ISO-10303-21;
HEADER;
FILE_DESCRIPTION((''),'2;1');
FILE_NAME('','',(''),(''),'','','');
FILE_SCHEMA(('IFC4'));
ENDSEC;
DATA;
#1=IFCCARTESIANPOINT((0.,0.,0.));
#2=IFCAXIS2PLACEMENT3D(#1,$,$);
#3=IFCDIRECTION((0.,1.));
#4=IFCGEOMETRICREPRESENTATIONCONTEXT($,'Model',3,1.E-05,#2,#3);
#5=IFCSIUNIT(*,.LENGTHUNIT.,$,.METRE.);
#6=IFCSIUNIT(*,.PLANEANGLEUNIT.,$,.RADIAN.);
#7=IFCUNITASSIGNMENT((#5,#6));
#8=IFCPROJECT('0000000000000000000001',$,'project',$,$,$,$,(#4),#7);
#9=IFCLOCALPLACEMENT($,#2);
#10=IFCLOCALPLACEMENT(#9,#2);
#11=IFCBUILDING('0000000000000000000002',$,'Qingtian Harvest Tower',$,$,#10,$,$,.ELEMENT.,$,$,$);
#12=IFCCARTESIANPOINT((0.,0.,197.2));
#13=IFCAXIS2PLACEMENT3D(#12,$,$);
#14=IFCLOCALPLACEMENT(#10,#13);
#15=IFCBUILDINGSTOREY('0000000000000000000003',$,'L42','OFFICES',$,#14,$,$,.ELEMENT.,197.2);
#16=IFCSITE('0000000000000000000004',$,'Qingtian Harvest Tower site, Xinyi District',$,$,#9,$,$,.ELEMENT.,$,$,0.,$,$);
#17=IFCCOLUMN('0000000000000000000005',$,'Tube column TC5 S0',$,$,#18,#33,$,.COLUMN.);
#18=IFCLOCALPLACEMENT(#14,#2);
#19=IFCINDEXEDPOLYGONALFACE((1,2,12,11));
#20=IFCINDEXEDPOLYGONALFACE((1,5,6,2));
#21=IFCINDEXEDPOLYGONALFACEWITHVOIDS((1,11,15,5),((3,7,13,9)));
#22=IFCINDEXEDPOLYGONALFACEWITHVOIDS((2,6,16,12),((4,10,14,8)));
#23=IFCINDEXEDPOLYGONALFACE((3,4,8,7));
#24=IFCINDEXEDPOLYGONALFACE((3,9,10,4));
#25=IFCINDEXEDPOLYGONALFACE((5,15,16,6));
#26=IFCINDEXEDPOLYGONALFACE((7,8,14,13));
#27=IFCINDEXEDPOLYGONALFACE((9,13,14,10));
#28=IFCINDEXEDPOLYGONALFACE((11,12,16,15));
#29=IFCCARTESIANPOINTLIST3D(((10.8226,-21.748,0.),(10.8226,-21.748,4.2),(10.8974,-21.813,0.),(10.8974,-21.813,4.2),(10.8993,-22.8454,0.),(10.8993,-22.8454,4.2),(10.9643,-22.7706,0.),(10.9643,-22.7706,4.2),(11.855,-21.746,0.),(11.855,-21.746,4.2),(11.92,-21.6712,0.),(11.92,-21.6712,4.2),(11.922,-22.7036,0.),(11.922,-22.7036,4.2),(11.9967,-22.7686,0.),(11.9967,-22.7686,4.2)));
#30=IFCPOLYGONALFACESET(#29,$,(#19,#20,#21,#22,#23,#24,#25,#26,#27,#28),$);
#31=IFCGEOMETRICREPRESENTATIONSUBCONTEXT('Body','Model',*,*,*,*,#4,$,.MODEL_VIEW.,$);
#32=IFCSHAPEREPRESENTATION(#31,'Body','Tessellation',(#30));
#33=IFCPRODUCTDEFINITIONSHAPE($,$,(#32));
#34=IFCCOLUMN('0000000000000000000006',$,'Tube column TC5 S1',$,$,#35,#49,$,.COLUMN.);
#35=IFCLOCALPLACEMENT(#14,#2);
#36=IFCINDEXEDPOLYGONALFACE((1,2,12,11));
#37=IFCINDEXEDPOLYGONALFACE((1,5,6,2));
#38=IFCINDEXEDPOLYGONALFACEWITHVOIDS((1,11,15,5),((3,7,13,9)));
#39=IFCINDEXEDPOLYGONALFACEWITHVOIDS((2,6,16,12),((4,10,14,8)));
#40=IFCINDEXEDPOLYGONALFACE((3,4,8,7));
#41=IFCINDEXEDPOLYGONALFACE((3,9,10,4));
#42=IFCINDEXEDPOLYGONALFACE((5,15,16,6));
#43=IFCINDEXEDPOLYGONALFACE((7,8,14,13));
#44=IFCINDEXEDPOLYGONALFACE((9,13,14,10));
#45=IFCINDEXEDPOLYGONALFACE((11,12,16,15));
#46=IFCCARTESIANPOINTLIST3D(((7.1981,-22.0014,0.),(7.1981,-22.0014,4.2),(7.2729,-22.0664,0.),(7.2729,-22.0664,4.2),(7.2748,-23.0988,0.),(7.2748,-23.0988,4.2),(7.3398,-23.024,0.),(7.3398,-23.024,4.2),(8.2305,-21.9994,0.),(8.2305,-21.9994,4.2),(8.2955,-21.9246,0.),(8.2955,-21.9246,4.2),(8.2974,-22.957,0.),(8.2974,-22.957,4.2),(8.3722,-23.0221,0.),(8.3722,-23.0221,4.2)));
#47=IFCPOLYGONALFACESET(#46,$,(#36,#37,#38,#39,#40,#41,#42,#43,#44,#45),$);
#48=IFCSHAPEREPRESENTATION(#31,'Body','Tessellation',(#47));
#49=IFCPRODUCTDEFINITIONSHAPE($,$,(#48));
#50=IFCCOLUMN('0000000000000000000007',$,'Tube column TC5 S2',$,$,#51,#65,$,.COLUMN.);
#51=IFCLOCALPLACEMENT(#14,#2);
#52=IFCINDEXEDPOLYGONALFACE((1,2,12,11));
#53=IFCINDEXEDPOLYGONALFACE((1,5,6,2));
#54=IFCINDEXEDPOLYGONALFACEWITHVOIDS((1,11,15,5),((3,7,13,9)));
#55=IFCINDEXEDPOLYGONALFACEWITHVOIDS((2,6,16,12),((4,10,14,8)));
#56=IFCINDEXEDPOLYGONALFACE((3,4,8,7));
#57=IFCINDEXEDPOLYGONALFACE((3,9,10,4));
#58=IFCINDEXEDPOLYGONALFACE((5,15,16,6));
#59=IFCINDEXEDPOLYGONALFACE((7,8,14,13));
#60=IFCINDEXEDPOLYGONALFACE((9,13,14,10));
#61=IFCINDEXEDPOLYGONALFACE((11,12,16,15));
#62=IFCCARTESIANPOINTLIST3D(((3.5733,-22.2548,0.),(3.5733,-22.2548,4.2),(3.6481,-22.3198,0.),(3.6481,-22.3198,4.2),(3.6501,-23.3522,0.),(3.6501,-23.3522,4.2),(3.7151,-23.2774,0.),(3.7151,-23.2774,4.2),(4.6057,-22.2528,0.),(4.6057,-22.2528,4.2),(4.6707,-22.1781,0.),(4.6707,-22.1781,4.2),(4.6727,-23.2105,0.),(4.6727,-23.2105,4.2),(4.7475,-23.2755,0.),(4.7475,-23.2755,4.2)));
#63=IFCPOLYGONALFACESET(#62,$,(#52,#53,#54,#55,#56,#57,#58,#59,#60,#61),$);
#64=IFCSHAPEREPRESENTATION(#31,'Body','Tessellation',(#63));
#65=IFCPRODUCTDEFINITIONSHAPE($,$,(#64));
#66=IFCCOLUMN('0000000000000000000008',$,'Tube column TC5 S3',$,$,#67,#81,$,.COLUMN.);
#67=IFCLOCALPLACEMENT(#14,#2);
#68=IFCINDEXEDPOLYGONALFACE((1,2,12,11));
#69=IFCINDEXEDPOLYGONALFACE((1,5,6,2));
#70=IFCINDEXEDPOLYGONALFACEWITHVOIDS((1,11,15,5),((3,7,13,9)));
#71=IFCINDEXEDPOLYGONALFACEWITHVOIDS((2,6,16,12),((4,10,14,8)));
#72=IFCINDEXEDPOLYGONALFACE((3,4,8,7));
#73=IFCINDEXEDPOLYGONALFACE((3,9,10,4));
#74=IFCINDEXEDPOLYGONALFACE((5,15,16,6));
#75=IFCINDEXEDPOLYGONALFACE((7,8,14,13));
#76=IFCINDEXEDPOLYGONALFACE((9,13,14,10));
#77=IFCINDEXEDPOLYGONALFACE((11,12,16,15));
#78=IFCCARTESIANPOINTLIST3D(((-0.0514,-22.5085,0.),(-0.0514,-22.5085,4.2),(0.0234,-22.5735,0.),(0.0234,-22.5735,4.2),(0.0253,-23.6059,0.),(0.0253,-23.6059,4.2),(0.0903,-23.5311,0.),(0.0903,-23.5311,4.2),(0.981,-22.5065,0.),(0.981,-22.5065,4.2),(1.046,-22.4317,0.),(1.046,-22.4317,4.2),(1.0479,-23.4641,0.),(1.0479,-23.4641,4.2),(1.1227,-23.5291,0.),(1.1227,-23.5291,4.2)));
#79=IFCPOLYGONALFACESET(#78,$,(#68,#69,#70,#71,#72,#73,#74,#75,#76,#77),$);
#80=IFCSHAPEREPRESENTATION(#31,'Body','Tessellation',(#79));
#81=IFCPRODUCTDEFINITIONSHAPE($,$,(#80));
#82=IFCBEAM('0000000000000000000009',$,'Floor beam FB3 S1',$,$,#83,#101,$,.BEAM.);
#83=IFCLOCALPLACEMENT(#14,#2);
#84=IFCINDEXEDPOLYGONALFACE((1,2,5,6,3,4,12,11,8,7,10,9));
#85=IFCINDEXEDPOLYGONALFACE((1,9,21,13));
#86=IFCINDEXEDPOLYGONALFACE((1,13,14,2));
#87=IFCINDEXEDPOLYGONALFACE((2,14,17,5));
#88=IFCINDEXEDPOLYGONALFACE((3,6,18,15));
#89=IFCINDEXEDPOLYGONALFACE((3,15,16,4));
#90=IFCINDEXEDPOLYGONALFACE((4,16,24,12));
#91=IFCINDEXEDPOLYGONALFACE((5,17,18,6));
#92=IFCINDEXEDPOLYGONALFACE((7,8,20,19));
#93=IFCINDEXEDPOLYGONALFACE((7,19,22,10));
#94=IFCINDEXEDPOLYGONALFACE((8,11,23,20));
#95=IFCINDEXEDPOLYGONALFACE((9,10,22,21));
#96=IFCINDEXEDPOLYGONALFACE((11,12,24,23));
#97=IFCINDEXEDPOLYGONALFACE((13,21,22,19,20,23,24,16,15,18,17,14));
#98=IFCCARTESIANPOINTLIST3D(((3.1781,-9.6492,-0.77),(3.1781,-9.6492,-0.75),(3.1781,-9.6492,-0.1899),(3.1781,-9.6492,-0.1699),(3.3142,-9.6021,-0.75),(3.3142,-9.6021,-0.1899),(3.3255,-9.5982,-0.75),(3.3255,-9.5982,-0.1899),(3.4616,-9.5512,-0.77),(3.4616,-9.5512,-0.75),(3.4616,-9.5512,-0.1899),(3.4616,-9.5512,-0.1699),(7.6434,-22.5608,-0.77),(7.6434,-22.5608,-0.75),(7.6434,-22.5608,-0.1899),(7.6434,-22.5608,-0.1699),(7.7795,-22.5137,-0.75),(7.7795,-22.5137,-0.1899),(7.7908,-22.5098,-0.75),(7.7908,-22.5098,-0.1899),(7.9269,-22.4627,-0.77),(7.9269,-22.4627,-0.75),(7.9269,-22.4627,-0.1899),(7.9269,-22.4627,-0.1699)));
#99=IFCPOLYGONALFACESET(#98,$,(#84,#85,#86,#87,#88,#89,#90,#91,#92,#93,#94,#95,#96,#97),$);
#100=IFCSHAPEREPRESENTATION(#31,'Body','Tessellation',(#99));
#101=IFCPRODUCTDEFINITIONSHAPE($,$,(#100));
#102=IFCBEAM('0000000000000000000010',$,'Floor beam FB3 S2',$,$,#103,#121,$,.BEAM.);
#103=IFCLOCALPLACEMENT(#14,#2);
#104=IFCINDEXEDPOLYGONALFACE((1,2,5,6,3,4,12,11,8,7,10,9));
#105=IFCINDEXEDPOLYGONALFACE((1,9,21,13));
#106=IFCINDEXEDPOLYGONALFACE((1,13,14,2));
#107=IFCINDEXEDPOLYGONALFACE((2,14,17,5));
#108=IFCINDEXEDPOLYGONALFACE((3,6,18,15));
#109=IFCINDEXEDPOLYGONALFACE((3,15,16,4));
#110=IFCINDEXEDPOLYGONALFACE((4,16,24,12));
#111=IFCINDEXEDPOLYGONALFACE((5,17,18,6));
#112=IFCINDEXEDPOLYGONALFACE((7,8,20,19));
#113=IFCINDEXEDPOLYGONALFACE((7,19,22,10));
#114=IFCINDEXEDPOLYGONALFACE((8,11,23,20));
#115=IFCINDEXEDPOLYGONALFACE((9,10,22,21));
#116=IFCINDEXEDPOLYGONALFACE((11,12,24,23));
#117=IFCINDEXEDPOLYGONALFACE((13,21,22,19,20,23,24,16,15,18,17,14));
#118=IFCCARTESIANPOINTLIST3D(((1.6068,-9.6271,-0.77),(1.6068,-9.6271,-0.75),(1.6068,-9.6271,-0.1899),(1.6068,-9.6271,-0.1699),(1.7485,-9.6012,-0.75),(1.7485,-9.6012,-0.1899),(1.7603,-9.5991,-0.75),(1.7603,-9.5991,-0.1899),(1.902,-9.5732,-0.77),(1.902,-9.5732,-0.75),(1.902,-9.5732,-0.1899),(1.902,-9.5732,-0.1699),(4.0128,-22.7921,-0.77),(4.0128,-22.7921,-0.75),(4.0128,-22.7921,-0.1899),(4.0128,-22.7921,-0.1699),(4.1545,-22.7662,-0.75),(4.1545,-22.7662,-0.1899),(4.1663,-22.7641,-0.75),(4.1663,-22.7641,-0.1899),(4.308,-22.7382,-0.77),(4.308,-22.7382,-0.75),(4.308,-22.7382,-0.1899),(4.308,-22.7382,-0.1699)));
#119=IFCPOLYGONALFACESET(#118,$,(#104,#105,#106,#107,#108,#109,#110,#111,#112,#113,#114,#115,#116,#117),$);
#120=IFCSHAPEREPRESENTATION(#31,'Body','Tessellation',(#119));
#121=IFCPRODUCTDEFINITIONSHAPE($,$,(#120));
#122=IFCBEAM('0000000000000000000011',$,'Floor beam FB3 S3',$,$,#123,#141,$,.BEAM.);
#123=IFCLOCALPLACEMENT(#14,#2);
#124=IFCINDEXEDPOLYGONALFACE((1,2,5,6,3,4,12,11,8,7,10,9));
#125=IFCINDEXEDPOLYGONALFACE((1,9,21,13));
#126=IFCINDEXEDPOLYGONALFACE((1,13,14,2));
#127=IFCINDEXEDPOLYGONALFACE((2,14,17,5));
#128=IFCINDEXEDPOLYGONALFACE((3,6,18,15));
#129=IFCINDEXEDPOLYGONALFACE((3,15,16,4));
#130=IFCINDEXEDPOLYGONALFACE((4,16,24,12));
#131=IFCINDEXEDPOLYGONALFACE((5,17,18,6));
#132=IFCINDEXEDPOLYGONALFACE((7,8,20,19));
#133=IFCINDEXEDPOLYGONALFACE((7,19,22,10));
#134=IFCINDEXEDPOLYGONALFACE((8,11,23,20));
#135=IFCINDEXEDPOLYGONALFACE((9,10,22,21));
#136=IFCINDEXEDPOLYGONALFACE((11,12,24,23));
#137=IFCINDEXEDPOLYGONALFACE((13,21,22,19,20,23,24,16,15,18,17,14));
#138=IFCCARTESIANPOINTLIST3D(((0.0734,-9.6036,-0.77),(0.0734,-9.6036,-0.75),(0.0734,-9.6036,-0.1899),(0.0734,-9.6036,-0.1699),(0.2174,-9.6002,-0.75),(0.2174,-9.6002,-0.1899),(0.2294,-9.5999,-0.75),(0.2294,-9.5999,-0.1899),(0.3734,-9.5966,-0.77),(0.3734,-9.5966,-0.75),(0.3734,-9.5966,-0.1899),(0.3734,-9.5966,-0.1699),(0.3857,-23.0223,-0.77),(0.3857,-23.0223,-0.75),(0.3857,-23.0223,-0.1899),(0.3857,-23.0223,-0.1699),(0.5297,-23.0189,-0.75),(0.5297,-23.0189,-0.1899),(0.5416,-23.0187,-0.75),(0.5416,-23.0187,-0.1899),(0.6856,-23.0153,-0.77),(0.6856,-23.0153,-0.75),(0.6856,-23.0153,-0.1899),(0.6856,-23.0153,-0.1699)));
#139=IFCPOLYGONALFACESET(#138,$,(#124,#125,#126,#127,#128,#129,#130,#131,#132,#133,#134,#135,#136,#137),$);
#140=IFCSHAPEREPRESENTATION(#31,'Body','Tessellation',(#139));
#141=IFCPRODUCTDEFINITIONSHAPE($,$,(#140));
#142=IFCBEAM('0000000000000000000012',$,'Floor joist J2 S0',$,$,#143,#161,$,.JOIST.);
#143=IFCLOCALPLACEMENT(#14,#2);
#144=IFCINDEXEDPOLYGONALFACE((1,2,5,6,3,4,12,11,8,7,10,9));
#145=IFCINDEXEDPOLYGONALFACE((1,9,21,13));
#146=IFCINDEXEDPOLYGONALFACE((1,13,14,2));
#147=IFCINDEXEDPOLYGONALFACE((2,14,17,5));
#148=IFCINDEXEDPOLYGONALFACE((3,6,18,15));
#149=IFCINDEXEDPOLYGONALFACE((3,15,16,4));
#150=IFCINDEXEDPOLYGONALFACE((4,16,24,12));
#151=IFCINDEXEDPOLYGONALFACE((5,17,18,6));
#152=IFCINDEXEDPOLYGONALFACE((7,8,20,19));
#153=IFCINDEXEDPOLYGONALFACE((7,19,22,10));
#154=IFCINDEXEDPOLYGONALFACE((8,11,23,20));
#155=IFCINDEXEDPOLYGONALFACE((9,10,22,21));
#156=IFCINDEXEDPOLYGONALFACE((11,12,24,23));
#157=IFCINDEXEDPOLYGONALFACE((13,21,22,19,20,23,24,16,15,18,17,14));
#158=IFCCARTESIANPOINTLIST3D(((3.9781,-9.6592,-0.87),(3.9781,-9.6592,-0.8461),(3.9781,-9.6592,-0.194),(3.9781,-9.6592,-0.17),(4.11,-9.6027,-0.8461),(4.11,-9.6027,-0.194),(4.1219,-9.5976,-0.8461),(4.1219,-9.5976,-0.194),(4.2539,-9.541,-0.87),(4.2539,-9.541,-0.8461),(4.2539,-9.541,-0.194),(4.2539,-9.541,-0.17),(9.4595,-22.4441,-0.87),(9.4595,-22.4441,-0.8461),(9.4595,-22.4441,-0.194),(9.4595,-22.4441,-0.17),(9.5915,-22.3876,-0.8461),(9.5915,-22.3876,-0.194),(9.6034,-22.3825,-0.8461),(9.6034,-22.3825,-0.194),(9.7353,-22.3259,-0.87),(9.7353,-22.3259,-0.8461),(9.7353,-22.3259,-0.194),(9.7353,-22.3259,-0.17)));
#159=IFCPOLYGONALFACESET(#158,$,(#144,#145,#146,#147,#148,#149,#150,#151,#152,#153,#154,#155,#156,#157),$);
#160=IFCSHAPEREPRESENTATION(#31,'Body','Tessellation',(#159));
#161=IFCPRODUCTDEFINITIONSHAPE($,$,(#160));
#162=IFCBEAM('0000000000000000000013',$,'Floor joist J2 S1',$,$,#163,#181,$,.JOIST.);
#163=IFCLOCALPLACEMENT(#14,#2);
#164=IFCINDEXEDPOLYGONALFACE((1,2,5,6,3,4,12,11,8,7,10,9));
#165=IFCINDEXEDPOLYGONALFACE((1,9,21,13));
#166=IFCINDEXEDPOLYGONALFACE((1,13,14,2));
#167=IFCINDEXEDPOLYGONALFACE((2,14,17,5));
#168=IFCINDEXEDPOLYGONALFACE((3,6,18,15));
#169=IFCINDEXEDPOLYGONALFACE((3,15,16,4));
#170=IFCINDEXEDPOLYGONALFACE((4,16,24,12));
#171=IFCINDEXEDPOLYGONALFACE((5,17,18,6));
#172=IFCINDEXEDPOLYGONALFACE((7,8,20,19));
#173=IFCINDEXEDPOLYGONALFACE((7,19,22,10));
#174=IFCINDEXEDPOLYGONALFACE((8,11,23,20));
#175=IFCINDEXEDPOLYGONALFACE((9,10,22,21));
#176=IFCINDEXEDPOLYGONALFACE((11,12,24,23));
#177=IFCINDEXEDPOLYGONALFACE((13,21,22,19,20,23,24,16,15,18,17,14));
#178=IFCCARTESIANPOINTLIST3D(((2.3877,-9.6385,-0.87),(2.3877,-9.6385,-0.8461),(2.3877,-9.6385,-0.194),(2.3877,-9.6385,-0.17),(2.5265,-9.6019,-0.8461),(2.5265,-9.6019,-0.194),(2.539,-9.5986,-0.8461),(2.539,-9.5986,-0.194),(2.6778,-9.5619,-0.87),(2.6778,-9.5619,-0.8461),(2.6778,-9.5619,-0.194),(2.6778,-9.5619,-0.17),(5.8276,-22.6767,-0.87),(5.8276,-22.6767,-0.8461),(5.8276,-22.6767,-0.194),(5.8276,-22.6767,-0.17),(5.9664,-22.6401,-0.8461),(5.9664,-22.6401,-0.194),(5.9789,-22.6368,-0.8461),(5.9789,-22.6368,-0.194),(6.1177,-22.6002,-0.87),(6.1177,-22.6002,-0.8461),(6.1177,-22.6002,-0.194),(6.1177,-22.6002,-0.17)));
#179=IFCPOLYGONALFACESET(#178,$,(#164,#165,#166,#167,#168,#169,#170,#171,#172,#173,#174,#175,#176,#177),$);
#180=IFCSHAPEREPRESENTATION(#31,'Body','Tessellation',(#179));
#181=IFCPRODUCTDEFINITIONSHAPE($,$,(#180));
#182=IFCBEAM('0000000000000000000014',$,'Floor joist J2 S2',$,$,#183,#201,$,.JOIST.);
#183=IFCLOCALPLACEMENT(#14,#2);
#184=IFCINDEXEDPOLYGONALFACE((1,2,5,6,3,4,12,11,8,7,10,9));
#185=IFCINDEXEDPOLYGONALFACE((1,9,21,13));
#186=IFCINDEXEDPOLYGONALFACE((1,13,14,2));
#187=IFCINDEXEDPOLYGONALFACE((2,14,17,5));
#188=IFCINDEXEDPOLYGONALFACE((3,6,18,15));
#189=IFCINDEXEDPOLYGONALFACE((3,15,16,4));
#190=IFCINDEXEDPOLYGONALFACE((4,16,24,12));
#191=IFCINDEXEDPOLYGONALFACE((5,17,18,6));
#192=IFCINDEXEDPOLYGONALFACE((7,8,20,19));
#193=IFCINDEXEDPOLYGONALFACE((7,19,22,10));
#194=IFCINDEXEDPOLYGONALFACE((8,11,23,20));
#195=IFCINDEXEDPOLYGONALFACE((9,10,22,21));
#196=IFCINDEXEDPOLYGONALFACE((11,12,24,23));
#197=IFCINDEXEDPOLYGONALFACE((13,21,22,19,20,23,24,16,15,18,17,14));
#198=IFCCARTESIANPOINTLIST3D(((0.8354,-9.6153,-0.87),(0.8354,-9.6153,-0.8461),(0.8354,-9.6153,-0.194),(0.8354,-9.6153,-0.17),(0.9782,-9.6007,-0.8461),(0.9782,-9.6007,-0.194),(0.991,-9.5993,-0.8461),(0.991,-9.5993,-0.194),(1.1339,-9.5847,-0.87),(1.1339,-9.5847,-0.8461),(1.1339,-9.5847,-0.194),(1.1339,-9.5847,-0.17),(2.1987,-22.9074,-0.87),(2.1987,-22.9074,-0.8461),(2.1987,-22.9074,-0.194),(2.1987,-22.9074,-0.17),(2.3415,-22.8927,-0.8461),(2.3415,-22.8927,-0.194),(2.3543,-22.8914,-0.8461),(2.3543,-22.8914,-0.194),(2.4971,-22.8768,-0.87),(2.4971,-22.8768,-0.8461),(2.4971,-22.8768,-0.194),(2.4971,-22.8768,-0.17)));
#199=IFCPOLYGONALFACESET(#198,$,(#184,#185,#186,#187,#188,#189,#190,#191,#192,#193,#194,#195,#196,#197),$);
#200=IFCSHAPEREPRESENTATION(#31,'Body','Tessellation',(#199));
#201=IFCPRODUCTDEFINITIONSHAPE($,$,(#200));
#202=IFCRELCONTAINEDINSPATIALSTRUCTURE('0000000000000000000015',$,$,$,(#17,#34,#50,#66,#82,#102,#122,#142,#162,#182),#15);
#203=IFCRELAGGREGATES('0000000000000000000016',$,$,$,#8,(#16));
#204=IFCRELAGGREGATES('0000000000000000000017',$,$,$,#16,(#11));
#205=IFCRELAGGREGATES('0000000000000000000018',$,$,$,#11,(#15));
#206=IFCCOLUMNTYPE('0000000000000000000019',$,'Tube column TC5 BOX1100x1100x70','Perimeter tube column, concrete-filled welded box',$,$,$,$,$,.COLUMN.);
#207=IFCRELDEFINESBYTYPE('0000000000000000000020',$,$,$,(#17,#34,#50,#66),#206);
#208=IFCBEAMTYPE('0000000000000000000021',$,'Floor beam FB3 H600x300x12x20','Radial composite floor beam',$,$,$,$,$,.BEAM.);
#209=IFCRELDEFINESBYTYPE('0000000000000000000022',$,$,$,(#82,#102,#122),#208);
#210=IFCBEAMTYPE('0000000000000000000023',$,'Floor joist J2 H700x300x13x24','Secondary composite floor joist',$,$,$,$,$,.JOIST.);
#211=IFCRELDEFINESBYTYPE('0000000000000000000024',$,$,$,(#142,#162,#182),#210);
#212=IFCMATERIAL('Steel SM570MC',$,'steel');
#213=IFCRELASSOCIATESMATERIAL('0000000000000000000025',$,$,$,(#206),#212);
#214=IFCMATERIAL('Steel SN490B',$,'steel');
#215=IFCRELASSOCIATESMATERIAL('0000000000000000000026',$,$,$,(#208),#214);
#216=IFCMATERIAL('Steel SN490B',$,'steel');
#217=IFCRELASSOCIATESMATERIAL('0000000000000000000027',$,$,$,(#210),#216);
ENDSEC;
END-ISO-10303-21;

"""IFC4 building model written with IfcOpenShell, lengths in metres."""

from ifc_helpers import new_model, si_unit, direction, frame, origin, origin_2d, place, context, subcontext, project, spatial, hollow_rectangle, i_section, extrude, material, material_profile, profile_set, type_object, element, save


model = new_model("IFC4")

# Units and contexts
model_context = context("Model", 3, precision=1e-05, world=origin(), true_north=direction((0.0, 1.0)))
body_context = subcontext(model_context, "Body", "Model", "MODEL_VIEW")
ifc_project = project(units=[si_unit("LENGTHUNIT", "METRE"), si_unit("PLANEANGLEUNIT", "RADIAN")], contexts=[model_context])

# Site, building, storey
site_placement = place(None, origin())
site = spatial("IfcSite", under=ifc_project, at=site_placement, Name="Qingtian Harvest Tower site, Xinyi District", CompositionType="ELEMENT", RefElevation=0.0)
building_placement = place(site_placement, origin())
building = spatial("IfcBuilding", under=site, at=building_placement, Name="Qingtian Harvest Tower", CompositionType="ELEMENT")
storey_placement = place(building_placement, frame((0.0, 0.0, 197.2)))
storey = spatial("IfcBuildingStorey", under=building, at=storey_placement, Name="L42", Description="OFFICES", CompositionType="ELEMENT", Elevation=197.2)

# Columns
ifc_material_1 = material(Name="Steel SM570MC", Category="steel")
ifc_material_profile_1 = material_profile(ifc_material_1, hollow_rectangle(XDim=1.1001, YDim=1.1001, WallThickness=0.0701, at=origin_2d()), Name="BOX1100x1100x70")
ifc_profile_set_1 = profile_set([ifc_material_profile_1], Name="Steel SM570MC")
column_type = type_object("IfcColumnType", Name="Tube column TC5 BOX1100x1100x70", Description="Perimeter tube column, concrete-filled welded box", PredefinedType="COLUMN", material=ifc_profile_set_1)
for number, where, z_axis, x_axis, name in (
    (1, (11.4097, -22.2583, 0.0), (0.0, 0.0, 1.0), (0.997564, 0.069756, 0.0), "Tube column TC5 S0"),
    (2, (7.7852, -22.5117, 0.0), (0.0, 0.0, 1.0), (0.997564, 0.069756, 0.0), "Tube column TC5 S1"),
    (3, (4.1604, -22.7651, 0.0), (0.0, 0.0, 1.0), (0.997564, 0.069756, 0.0), "Tube column TC5 S2"),
    (4, (0.5356, -23.0188, 0.0), (0.0, 0.0, 1.0), (0.997564, 0.069756, 0.0), "Tube column TC5 S3"),
):
    element("IfcColumn", number, at=place(storey_placement, frame(where, z_axis=z_axis, x_axis=x_axis)), inside=storey, type_object=column_type, Name=name, PredefinedType="COLUMN", context=body_context, shape_type="SweptSolid", body=[
        extrude(hollow_rectangle(XDim=1.1001, YDim=1.1001, WallThickness=0.0701, at=origin_2d()), origin(), (0.0, 0.0, 1.0), 4.2),
    ])

# Beams
ifc_material_2 = material(Name="Steel SN490B", Category="steel")
ifc_material_profile_2 = material_profile(ifc_material_2, i_section(OverallWidth=0.3, OverallDepth=0.6001, WebThickness=0.012, FlangeThickness=0.02, at=origin_2d()), Name="H600x300x12x20")
ifc_profile_set_2 = profile_set([ifc_material_profile_2], Name="Steel SN490B")
beam_type_1 = type_object("IfcBeamType", Name="Floor beam FB3 H600x300x12x20", Description="Radial composite floor beam", PredefinedType="BEAM", material=ifc_profile_set_2)
beam_1_placement = place(storey_placement, frame((7.7852, -22.5117, -0.47), z_axis=(-0.326844, 0.945078, 0.0), x_axis=(-0.945078, -0.326844, 0.0)))
element("IfcBeam", 5, at=beam_1_placement, inside=storey, type_object=beam_type_1, Name="Floor beam FB3 S1", PredefinedType="BEAM", context=body_context, shape_type="SweptSolid", body=[
    extrude(i_section(OverallWidth=0.3, OverallDepth=0.6001, WebThickness=0.012, FlangeThickness=0.02, at=origin_2d()), origin(), (0.0, 0.0, 1.0), 13.6619),
])
beam_2_placement = place(storey_placement, frame((4.1604, -22.7651, -0.47), z_axis=(-0.17978, 0.983707, 0.0), x_axis=(-0.983707, -0.17978, 0.0)))
element("IfcBeam", 6, at=beam_2_placement, inside=storey, type_object=beam_type_1, Name="Floor beam FB3 S2", PredefinedType="BEAM", context=body_context, shape_type="SweptSolid", body=[
    extrude(i_section(OverallWidth=0.3, OverallDepth=0.6001, WebThickness=0.012, FlangeThickness=0.02, at=origin_2d()), origin(), (0.0, 0.0, 1.0), 13.3831),
])
beam_3_placement = place(storey_placement, frame((0.5356, -23.0188, -0.47), z_axis=(-0.023264, 0.999729, 0.0), x_axis=(-0.999729, -0.023264, 0.0)))
element("IfcBeam", 7, at=beam_3_placement, inside=storey, type_object=beam_type_1, Name="Floor beam FB3 S3", PredefinedType="BEAM", context=body_context, shape_type="SweptSolid", body=[
    extrude(i_section(OverallWidth=0.3, OverallDepth=0.6001, WebThickness=0.012, FlangeThickness=0.02, at=origin_2d()), origin(), (0.0, 0.0, 1.0), 13.4224),
])
ifc_material_3 = material(Name="Steel SN490B", Category="steel")
ifc_material_profile_3 = material_profile(ifc_material_3, i_section(OverallWidth=0.3, OverallDepth=0.7, WebThickness=0.0129, FlangeThickness=0.0239, at=origin_2d()), Name="H700x300x13x24")
ifc_profile_set_3 = profile_set([ifc_material_profile_3], Name="Steel SN490B")
beam_type_2 = type_object("IfcBeamType", Name="Floor joist J2 H700x300x13x24", Description="Secondary composite floor joist", PredefinedType="JOIST", material=ifc_profile_set_3)
beam_4_placement = place(storey_placement, frame((9.5974, -22.385, -0.52), z_axis=(-0.394053, 0.919088, 0.0), x_axis=(-0.919088, -0.394053, 0.0)))
element("IfcBeam", 8, at=beam_4_placement, inside=storey, type_object=beam_type_2, Name="Floor joist J2 S0", PredefinedType="JOIST", context=body_context, shape_type="SweptSolid", body=[
    extrude(i_section(OverallWidth=0.3, OverallDepth=0.7, WebThickness=0.0129, FlangeThickness=0.0239, at=origin_2d()), origin(), (0.0, 0.0, 1.0), 13.9104),
])
beam_5_placement = place(storey_placement, frame((5.9727, -22.6384, -0.52), z_axis=(-0.255104, 0.966914, 0.0), x_axis=(-0.966914, -0.255104, 0.0)))
element("IfcBeam", 9, at=beam_5_placement, inside=storey, type_object=beam_type_2, Name="Floor joist J2 S1", PredefinedType="JOIST", context=body_context, shape_type="SweptSolid", body=[
    extrude(i_section(OverallWidth=0.3, OverallDepth=0.7, WebThickness=0.0129, FlangeThickness=0.0239, at=origin_2d()), origin(), (0.0, 0.0, 1.0), 13.4844),
])
beam_6_placement = place(storey_placement, frame((2.3479, -22.8921, -0.52), z_axis=(-0.102029, 0.994781, 0.0), x_axis=(-0.994781, -0.102029, 0.0)))
element("IfcBeam", 10, at=beam_6_placement, inside=storey, type_object=beam_type_2, Name="Floor joist J2 S2", PredefinedType="JOIST", context=body_context, shape_type="SweptSolid", body=[
    extrude(i_section(OverallWidth=0.3, OverallDepth=0.7, WebThickness=0.0129, FlangeThickness=0.0239, at=origin_2d()), origin(), (0.0, 0.0, 1.0), 13.3618),
])

save(model, "model.ifc")
